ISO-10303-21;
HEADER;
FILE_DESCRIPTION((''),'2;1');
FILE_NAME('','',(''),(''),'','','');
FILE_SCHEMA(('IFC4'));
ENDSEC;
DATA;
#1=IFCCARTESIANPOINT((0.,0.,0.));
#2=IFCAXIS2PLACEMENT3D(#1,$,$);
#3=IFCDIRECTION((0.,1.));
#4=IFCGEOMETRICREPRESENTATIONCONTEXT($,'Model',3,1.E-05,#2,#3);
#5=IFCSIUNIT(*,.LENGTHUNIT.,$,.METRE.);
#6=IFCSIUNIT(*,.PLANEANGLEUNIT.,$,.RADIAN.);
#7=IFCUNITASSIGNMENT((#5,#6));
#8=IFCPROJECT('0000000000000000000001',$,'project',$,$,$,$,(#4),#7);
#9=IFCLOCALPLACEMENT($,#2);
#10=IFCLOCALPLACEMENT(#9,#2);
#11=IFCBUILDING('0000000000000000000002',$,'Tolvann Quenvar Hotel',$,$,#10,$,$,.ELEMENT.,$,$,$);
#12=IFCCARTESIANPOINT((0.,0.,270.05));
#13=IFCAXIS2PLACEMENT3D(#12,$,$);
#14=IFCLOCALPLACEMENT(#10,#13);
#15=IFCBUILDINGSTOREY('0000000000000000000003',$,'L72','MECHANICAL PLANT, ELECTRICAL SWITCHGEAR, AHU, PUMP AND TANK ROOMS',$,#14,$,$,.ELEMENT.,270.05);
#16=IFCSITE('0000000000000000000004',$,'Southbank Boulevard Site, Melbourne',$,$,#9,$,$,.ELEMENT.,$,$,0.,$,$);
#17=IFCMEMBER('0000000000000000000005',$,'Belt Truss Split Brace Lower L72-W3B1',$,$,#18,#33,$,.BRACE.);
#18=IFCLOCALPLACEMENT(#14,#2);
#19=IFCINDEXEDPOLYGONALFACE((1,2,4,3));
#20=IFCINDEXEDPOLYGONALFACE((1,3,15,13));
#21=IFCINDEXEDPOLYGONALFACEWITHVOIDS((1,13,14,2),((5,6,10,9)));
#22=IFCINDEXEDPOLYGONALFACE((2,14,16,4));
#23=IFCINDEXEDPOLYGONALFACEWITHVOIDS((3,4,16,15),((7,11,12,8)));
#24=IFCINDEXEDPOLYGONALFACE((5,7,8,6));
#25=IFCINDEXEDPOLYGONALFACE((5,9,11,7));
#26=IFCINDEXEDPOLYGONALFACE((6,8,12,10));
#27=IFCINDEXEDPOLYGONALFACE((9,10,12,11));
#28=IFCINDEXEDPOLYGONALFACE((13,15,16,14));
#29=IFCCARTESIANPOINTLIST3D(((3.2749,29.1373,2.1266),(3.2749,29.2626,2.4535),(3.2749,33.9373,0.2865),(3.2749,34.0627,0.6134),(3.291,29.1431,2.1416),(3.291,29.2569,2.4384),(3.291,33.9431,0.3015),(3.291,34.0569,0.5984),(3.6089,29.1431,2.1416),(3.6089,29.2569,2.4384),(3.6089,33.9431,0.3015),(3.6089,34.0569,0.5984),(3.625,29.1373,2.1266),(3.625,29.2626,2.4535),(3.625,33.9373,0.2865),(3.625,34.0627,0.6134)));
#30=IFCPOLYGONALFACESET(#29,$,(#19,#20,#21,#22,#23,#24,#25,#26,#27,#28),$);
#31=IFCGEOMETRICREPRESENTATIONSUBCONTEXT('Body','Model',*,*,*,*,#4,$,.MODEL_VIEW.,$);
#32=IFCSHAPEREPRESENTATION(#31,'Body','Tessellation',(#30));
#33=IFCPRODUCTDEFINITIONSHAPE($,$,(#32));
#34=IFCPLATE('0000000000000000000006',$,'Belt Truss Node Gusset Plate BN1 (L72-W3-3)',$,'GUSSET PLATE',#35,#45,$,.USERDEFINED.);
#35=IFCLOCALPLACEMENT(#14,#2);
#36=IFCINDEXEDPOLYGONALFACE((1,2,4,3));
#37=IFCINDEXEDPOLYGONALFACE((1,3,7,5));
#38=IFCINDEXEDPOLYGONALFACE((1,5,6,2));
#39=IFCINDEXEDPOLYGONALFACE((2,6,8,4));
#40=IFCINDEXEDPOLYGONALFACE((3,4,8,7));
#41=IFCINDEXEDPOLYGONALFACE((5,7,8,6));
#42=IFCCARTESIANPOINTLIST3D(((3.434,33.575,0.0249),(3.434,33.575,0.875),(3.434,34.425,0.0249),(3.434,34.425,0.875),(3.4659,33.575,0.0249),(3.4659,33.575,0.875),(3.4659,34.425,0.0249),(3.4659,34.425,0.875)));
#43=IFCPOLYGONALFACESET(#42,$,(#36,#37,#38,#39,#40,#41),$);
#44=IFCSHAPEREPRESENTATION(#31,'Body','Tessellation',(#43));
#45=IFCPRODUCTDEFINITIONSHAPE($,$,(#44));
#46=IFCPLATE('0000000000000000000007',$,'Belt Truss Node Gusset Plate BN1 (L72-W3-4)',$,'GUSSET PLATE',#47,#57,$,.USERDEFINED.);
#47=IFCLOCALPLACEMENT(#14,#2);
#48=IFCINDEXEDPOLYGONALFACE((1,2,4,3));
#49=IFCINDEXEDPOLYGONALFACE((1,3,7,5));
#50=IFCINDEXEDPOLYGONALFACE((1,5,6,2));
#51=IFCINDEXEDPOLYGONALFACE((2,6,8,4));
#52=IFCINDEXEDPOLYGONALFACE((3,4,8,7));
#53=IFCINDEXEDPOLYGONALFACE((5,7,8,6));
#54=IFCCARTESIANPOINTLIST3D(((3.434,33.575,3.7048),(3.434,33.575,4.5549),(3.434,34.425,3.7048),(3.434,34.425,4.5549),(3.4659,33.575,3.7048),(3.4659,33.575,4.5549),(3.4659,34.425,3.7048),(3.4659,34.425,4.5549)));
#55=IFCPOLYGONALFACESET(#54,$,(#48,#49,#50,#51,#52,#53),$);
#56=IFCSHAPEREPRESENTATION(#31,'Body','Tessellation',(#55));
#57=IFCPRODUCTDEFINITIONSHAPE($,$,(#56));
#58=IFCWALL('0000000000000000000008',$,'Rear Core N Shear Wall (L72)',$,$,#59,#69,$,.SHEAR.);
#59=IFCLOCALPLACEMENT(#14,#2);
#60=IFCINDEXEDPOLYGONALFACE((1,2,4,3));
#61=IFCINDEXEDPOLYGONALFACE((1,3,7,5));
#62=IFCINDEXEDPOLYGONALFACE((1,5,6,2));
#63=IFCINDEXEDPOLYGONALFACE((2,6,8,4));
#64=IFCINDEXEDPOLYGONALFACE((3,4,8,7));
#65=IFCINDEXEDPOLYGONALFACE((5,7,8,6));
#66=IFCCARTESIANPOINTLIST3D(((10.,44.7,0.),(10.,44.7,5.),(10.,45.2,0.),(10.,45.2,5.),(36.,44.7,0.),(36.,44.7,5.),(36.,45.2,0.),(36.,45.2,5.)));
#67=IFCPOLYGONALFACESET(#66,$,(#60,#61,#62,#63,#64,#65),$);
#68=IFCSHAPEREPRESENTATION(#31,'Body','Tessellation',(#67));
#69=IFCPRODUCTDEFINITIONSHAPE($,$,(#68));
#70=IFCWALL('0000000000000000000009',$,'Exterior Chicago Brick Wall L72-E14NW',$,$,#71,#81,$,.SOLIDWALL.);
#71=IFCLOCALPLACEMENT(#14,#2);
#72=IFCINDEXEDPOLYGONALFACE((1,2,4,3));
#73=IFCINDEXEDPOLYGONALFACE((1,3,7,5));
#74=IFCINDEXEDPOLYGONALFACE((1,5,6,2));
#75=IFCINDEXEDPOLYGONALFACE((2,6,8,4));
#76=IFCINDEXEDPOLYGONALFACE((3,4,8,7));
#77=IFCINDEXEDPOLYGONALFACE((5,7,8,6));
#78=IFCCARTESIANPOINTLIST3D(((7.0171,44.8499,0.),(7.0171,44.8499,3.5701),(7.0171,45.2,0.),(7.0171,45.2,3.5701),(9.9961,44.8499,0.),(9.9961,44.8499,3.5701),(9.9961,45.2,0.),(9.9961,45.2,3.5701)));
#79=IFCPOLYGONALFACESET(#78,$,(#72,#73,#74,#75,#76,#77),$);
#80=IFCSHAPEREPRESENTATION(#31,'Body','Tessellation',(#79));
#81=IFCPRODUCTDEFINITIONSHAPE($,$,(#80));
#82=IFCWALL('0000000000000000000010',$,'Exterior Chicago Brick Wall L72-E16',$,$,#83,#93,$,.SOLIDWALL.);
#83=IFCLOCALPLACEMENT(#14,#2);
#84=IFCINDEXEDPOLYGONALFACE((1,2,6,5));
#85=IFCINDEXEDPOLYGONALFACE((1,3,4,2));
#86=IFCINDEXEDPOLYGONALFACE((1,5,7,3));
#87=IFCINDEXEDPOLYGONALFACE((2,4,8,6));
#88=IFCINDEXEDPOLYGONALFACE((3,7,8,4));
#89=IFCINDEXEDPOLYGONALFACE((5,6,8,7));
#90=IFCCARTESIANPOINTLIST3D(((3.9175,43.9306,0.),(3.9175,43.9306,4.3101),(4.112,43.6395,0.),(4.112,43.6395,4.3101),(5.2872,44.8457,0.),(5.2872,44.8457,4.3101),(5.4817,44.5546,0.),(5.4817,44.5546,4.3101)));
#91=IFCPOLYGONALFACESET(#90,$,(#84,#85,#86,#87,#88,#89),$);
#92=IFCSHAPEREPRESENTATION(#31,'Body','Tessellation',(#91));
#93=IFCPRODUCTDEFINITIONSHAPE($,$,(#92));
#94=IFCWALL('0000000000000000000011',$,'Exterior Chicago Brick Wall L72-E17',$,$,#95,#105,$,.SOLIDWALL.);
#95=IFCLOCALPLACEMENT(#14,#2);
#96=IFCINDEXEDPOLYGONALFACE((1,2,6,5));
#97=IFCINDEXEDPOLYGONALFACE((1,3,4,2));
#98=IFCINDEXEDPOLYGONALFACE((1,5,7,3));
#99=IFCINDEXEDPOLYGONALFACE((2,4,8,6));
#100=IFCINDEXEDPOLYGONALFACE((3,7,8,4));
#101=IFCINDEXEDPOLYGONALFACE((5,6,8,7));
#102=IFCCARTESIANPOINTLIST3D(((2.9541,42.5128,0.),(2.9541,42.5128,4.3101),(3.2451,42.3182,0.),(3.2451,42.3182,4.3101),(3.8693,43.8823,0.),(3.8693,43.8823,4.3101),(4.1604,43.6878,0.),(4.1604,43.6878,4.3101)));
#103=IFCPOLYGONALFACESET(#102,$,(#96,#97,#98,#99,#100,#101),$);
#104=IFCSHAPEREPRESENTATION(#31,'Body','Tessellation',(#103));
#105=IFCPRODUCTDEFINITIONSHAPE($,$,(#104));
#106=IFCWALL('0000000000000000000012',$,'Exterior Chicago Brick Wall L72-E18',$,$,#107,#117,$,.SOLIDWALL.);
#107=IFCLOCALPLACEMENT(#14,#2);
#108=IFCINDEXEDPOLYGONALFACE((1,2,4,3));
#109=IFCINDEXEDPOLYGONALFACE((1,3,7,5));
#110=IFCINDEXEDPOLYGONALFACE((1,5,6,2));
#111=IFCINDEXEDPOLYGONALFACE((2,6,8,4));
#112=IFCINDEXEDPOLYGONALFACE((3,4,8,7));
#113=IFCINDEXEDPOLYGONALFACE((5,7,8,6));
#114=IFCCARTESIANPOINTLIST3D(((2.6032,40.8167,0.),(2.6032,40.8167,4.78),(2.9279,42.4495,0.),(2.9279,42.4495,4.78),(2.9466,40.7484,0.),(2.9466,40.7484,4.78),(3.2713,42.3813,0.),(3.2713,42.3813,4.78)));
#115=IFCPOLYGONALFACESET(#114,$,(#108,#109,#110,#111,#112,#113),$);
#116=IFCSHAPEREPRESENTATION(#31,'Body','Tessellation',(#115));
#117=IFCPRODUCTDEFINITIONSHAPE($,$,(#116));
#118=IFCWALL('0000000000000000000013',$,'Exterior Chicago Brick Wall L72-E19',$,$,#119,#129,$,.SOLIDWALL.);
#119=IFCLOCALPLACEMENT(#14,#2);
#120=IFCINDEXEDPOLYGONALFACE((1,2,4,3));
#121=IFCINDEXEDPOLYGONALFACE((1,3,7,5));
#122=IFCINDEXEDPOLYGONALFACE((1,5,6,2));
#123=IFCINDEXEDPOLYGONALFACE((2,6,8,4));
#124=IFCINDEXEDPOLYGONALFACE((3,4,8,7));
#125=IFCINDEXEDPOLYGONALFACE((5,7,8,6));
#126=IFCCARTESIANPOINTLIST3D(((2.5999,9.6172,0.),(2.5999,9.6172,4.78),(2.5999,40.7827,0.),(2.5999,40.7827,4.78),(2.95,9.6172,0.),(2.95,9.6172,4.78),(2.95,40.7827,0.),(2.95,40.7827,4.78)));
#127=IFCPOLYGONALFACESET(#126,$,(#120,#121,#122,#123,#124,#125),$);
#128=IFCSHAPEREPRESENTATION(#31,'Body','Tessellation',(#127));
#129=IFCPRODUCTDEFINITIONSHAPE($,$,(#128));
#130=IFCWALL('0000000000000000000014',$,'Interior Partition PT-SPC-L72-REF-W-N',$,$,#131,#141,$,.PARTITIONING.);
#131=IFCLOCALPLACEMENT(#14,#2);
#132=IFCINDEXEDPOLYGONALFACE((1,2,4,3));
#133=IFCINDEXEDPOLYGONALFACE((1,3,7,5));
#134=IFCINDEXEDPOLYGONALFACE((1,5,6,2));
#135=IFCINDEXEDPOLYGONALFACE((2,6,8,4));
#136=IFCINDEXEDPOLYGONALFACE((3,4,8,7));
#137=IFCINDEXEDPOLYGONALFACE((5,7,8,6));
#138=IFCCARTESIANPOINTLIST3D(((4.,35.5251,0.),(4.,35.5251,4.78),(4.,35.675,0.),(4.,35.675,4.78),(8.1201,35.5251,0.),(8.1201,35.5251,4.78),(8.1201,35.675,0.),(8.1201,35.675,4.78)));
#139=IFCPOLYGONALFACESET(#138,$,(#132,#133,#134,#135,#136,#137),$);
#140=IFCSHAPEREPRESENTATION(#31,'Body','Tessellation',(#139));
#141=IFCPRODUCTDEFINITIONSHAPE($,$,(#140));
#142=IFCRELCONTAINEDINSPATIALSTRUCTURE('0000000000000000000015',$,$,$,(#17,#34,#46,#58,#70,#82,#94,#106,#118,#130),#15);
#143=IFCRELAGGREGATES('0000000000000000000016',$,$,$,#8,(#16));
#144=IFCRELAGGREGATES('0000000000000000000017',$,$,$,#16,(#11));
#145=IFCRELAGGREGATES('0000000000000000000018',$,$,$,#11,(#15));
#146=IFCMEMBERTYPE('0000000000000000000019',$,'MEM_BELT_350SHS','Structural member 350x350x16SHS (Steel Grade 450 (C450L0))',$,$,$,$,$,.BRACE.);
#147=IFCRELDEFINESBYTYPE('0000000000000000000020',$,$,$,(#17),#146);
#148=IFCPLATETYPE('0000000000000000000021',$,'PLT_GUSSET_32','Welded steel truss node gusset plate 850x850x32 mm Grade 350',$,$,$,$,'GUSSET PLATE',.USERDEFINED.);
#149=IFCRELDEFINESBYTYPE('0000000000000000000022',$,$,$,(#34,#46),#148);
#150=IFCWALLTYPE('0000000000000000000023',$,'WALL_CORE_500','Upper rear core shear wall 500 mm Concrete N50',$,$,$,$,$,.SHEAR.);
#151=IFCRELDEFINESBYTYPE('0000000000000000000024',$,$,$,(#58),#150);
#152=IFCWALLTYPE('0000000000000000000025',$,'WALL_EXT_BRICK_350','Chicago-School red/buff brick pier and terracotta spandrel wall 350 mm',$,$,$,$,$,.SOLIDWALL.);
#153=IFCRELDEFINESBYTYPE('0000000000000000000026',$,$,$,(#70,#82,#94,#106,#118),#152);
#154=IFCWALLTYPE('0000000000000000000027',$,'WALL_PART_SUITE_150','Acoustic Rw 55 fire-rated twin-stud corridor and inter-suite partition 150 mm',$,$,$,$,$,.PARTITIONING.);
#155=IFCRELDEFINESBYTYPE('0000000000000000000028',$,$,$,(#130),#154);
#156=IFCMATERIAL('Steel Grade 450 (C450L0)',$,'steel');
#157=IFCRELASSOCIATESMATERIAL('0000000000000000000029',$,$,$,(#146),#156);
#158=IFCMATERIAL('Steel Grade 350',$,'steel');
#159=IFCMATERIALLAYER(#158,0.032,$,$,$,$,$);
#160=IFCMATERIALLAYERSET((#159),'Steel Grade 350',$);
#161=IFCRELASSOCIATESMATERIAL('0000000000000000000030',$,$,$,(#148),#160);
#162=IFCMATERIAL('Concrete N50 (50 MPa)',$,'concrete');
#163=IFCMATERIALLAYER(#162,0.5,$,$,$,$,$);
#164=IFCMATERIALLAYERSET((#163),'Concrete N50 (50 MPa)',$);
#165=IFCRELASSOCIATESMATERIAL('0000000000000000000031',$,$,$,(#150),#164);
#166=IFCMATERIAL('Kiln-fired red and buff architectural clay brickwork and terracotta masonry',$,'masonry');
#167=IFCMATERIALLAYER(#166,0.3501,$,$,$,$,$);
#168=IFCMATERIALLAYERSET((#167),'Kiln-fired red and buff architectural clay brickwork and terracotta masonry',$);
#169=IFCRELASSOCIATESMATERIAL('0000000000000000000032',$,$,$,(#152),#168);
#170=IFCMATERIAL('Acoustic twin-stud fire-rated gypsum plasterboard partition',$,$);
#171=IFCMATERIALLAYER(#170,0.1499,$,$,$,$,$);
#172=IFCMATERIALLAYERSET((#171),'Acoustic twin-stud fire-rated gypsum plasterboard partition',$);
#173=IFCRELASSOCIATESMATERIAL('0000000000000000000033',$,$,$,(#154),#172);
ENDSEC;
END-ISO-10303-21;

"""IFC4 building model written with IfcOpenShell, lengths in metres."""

from ifc_helpers import new_model, si_unit, direction, frame, frame_2d, origin, origin_2d, place, context, subcontext, project, spatial, rectangle, hollow_rectangle, extrude, source, transform, mapped, material, layer, layer_set, material_profile, profile_set, type_object, type_shapes, element, save


model = new_model("IFC4")

# Units and contexts
model_context = context("Model", 3, precision=1e-05, world=origin(), true_north=direction((0.0, 1.0)))
body_context = subcontext(model_context, "Body", "Model", "MODEL_VIEW")
ifc_project = project(units=[si_unit("LENGTHUNIT", "METRE"), si_unit("PLANEANGLEUNIT", "RADIAN")], contexts=[model_context])

# Site, building, storey
site_placement = place(None, origin())
site = spatial("IfcSite", under=ifc_project, at=site_placement, Name="Southbank Boulevard Site, Melbourne", CompositionType="ELEMENT", RefElevation=0.0)
building_placement = place(site_placement, origin())
building = spatial("IfcBuilding", under=site, at=building_placement, Name="Tolvann Quenvar Hotel", CompositionType="ELEMENT")
storey_placement = place(building_placement, frame((0.0, 0.0, 270.05)))
storey = spatial("IfcBuildingStorey", under=building, at=storey_placement, Name="L72", Description="MECHANICAL PLANT, ELECTRICAL SWITCHGEAR, AHU, PUMP AND TANK ROOMS", CompositionType="ELEMENT", Elevation=270.05)

# Shared definitions
ifc_material_1 = material(Name="Steel Grade 350", Category="steel")

# Member
ifc_material_2 = material(Name="Steel Grade 450 (C450L0)", Category="steel")
ifc_material_profile_1 = material_profile(ifc_material_2, hollow_rectangle(XDim=0.3501, YDim=0.3501, WallThickness=0.0161, at=origin_2d()), Name="350x350x16SHS")
ifc_profile_set_1 = profile_set([ifc_material_profile_1], Name="Steel Grade 450 (C450L0)")
member_type = type_object("IfcMemberType", Name="MEM_BELT_350SHS", Description="Structural member 350x350x16SHS (Steel Grade 450 (C450L0))", PredefinedType="BRACE", material=ifc_profile_set_1)
shared_shape_1 = source(origin(), body_context, "Body", "SweptSolid", [
    extrude(hollow_rectangle(XDim=0.3501, YDim=0.3501, WallThickness=0.0161, at=origin_2d()), origin(), (0.0, 0.0, 1.0), 5.1406),
])
type_shapes(member_type, [shared_shape_1])
member_placement = place(storey_placement, frame((3.45, 34.0, 0.45), z_axis=(0.0, -0.933742, 0.357948), x_axis=(1.0, 0.0, 0.0)))
element("IfcMember", 1, at=member_placement, inside=storey, type_object=member_type, Name="Belt Truss Split Brace Lower L72-W3B1", PredefinedType="BRACE", context=body_context, shape_type="MappedRepresentation", body=[
    mapped(shared_shape_1, transform((0.0, 0.0, 0.0), x_axis=(1.0, 0.0, 0.0), y_axis=(0.0, 1.0, 0.0), z_axis=(0.0, 0.0, 1.0), scale=1.0)),
])

# Plates
ifc_layer_1 = layer(ifc_material_1, 0.032)
ifc_layer_set_1 = layer_set([ifc_layer_1], Name="Steel Grade 350")
plate_type = type_object("IfcPlateType", Name="PLT_GUSSET_32", Description="Welded steel truss node gusset plate 850x850x32 mm Grade 350", ElementType="GUSSET PLATE", PredefinedType="USERDEFINED", material=ifc_layer_set_1)
shared_shape_2 = source(origin(), body_context, "Body", "SweptSolid", [
    extrude(rectangle(XDim=0.032, YDim=0.8501, at=origin_2d()), origin(), (0.0, 0.0, 1.0), 0.8501),
])
type_shapes(plate_type, [shared_shape_2])
for number, where, z_axis, x_axis, name in (
    (2, (3.45, 34.0, 0.0249), (0.0, 0.0, 1.0), (1.0, 0.0, 0.0), "Belt Truss Node Gusset Plate BN1 (L72-W3-3)"),
    (3, (3.45, 34.0, 3.7048), (0.0, 0.0, 1.0), (1.0, 0.0, 0.0), "Belt Truss Node Gusset Plate BN1 (L72-W3-4)"),
):
    element("IfcPlate", number, at=place(storey_placement, frame(where, z_axis=z_axis, x_axis=x_axis)), inside=storey, type_object=plate_type, Name=name, ObjectType="GUSSET PLATE", PredefinedType="USERDEFINED", context=body_context, shape_type="MappedRepresentation", body=[
        mapped(shared_shape_2, transform((0.0, 0.0, 0.0), x_axis=(1.0, 0.0, 0.0), y_axis=(0.0, 1.0, 0.0), z_axis=(0.0, 0.0, 1.0), scale=1.0)),
    ])

# Walls
ifc_material_3 = material(Name="Concrete N50 (50 MPa)", Category="concrete")
ifc_layer_2 = layer(ifc_material_3, 0.5)
ifc_layer_set_2 = layer_set([ifc_layer_2], Name="Concrete N50 (50 MPa)")
wall_type_1 = type_object("IfcWallType", Name="WALL_CORE_500", Description="Upper rear core shear wall 500 mm Concrete N50", PredefinedType="SHEAR", material=ifc_layer_set_2)
wall_1_placement = place(storey_placement, frame((10.0, 44.95, 0.0), z_axis=(0.0, 0.0, 1.0), x_axis=(1.0, 0.0, 0.0)))
element("IfcWall", 4, at=wall_1_placement, inside=storey, type_object=wall_type_1, Name="Rear Core N Shear Wall (L72)", PredefinedType="SHEAR", context=body_context, shape_type="SweptSolid", body=[
    extrude(rectangle(XDim=26.0, YDim=0.5, at=frame_2d((13.0, 0.0))), origin(), (0.0, 0.0, 1.0), 5.0),
])
ifc_material_4 = material(Name="Kiln-fired red and buff architectural clay brickwork and terracotta masonry", Category="masonry")
ifc_layer_3 = layer(ifc_material_4, 0.3501)
ifc_layer_set_3 = layer_set([ifc_layer_3], Name="Kiln-fired red and buff architectural clay brickwork and terracotta masonry")
wall_type_2 = type_object("IfcWallType", Name="WALL_EXT_BRICK_350", Description="Chicago-School red/buff brick pier and terracotta spandrel wall 350 mm", PredefinedType="SOLIDWALL", material=ifc_layer_set_3)
wall_2_placement = place(storey_placement, frame((9.9961, 45.0249, 0.0), z_axis=(0.0, 0.0, 1.0), x_axis=(-1.0, 0.0, 0.0)))
element("IfcWall", 5, at=wall_2_placement, inside=storey, type_object=wall_type_2, Name="Exterior Chicago Brick Wall L72-E14NW", PredefinedType="SOLIDWALL", context=body_context, shape_type="SweptSolid", body=[
    extrude(rectangle(XDim=2.979, YDim=0.3501, at=frame_2d((1.4895, 0.0))), origin(), (0.0, 0.0, 1.0), 3.5701),
])
for number, where, z_axis, x_axis, name in (
    (6, (5.3845, 44.7002, 0.0), (0.0, 0.0, 1.0), (-0.831503, -0.555521, 0.0), "Exterior Chicago Brick Wall L72-E16"),
    (7, (4.0149, 43.7852, 0.0), (0.0, 0.0, 1.0), (-0.555623, -0.831434, 0.0), "Exterior Chicago Brick Wall L72-E17"),
):
    element("IfcWall", number, at=place(storey_placement, frame(where, z_axis=z_axis, x_axis=x_axis)), inside=storey, type_object=wall_type_2, Name=name, PredefinedType="SOLIDWALL", context=body_context, shape_type="SweptSolid", body=[
        extrude(rectangle(XDim=1.6472, YDim=0.3501, at=frame_2d((0.8237, 0.0))), origin(), (0.0, 0.0, 1.0), 4.3101),
    ])
wall_3_placement = place(storey_placement, frame((3.0996, 42.4155, 0.0), z_axis=(0.0, 0.0, 1.0), x_axis=(-0.195044, -0.980794, 0.0)))
element("IfcWall", 8, at=wall_3_placement, inside=storey, type_object=wall_type_2, Name="Exterior Chicago Brick Wall L72-E18", PredefinedType="SOLIDWALL", context=body_context, shape_type="SweptSolid", body=[
    extrude(rectangle(XDim=1.6648, YDim=0.3501, at=frame_2d((0.8325, 0.0))), origin(), (0.0, 0.0, 1.0), 4.78),
])
wall_4_placement = place(storey_placement, frame((2.7749, 40.7827, 0.0), z_axis=(0.0, 0.0, 1.0), x_axis=(0.0, -1.0, 0.0)))
element("IfcWall", 9, at=wall_4_placement, inside=storey, type_object=wall_type_2, Name="Exterior Chicago Brick Wall L72-E19", PredefinedType="SOLIDWALL", context=body_context, shape_type="SweptSolid", body=[
    extrude(rectangle(XDim=31.1655, YDim=0.3501, at=frame_2d((15.5828, 0.0))), origin(), (0.0, 0.0, 1.0), 4.78),
])
ifc_material_5 = material(Name="Acoustic twin-stud fire-rated gypsum plasterboard partition")
ifc_layer_4 = layer(ifc_material_5, 0.1499)
ifc_layer_set_4 = layer_set([ifc_layer_4], Name="Acoustic twin-stud fire-rated gypsum plasterboard partition")
wall_type_3 = type_object("IfcWallType", Name="WALL_PART_SUITE_150", Description="Acoustic Rw 55 fire-rated twin-stud corridor and inter-suite partition 150 mm", PredefinedType="PARTITIONING", material=ifc_layer_set_4)
wall_5_placement = place(storey_placement, frame((4.0, 35.6001, 0.0), z_axis=(0.0, 0.0, 1.0), x_axis=(1.0, 0.0, 0.0)))
element("IfcWall", 10, at=wall_5_placement, inside=storey, type_object=wall_type_3, Name="Interior Partition PT-SPC-L72-REF-W-N", PredefinedType="PARTITIONING", context=body_context, shape_type="SweptSolid", body=[
    extrude(rectangle(XDim=4.1201, YDim=0.1499, at=frame_2d((2.0601, 0.0))), origin(), (0.0, 0.0, 1.0), 4.78),
])

save(model, "model.ifc")
